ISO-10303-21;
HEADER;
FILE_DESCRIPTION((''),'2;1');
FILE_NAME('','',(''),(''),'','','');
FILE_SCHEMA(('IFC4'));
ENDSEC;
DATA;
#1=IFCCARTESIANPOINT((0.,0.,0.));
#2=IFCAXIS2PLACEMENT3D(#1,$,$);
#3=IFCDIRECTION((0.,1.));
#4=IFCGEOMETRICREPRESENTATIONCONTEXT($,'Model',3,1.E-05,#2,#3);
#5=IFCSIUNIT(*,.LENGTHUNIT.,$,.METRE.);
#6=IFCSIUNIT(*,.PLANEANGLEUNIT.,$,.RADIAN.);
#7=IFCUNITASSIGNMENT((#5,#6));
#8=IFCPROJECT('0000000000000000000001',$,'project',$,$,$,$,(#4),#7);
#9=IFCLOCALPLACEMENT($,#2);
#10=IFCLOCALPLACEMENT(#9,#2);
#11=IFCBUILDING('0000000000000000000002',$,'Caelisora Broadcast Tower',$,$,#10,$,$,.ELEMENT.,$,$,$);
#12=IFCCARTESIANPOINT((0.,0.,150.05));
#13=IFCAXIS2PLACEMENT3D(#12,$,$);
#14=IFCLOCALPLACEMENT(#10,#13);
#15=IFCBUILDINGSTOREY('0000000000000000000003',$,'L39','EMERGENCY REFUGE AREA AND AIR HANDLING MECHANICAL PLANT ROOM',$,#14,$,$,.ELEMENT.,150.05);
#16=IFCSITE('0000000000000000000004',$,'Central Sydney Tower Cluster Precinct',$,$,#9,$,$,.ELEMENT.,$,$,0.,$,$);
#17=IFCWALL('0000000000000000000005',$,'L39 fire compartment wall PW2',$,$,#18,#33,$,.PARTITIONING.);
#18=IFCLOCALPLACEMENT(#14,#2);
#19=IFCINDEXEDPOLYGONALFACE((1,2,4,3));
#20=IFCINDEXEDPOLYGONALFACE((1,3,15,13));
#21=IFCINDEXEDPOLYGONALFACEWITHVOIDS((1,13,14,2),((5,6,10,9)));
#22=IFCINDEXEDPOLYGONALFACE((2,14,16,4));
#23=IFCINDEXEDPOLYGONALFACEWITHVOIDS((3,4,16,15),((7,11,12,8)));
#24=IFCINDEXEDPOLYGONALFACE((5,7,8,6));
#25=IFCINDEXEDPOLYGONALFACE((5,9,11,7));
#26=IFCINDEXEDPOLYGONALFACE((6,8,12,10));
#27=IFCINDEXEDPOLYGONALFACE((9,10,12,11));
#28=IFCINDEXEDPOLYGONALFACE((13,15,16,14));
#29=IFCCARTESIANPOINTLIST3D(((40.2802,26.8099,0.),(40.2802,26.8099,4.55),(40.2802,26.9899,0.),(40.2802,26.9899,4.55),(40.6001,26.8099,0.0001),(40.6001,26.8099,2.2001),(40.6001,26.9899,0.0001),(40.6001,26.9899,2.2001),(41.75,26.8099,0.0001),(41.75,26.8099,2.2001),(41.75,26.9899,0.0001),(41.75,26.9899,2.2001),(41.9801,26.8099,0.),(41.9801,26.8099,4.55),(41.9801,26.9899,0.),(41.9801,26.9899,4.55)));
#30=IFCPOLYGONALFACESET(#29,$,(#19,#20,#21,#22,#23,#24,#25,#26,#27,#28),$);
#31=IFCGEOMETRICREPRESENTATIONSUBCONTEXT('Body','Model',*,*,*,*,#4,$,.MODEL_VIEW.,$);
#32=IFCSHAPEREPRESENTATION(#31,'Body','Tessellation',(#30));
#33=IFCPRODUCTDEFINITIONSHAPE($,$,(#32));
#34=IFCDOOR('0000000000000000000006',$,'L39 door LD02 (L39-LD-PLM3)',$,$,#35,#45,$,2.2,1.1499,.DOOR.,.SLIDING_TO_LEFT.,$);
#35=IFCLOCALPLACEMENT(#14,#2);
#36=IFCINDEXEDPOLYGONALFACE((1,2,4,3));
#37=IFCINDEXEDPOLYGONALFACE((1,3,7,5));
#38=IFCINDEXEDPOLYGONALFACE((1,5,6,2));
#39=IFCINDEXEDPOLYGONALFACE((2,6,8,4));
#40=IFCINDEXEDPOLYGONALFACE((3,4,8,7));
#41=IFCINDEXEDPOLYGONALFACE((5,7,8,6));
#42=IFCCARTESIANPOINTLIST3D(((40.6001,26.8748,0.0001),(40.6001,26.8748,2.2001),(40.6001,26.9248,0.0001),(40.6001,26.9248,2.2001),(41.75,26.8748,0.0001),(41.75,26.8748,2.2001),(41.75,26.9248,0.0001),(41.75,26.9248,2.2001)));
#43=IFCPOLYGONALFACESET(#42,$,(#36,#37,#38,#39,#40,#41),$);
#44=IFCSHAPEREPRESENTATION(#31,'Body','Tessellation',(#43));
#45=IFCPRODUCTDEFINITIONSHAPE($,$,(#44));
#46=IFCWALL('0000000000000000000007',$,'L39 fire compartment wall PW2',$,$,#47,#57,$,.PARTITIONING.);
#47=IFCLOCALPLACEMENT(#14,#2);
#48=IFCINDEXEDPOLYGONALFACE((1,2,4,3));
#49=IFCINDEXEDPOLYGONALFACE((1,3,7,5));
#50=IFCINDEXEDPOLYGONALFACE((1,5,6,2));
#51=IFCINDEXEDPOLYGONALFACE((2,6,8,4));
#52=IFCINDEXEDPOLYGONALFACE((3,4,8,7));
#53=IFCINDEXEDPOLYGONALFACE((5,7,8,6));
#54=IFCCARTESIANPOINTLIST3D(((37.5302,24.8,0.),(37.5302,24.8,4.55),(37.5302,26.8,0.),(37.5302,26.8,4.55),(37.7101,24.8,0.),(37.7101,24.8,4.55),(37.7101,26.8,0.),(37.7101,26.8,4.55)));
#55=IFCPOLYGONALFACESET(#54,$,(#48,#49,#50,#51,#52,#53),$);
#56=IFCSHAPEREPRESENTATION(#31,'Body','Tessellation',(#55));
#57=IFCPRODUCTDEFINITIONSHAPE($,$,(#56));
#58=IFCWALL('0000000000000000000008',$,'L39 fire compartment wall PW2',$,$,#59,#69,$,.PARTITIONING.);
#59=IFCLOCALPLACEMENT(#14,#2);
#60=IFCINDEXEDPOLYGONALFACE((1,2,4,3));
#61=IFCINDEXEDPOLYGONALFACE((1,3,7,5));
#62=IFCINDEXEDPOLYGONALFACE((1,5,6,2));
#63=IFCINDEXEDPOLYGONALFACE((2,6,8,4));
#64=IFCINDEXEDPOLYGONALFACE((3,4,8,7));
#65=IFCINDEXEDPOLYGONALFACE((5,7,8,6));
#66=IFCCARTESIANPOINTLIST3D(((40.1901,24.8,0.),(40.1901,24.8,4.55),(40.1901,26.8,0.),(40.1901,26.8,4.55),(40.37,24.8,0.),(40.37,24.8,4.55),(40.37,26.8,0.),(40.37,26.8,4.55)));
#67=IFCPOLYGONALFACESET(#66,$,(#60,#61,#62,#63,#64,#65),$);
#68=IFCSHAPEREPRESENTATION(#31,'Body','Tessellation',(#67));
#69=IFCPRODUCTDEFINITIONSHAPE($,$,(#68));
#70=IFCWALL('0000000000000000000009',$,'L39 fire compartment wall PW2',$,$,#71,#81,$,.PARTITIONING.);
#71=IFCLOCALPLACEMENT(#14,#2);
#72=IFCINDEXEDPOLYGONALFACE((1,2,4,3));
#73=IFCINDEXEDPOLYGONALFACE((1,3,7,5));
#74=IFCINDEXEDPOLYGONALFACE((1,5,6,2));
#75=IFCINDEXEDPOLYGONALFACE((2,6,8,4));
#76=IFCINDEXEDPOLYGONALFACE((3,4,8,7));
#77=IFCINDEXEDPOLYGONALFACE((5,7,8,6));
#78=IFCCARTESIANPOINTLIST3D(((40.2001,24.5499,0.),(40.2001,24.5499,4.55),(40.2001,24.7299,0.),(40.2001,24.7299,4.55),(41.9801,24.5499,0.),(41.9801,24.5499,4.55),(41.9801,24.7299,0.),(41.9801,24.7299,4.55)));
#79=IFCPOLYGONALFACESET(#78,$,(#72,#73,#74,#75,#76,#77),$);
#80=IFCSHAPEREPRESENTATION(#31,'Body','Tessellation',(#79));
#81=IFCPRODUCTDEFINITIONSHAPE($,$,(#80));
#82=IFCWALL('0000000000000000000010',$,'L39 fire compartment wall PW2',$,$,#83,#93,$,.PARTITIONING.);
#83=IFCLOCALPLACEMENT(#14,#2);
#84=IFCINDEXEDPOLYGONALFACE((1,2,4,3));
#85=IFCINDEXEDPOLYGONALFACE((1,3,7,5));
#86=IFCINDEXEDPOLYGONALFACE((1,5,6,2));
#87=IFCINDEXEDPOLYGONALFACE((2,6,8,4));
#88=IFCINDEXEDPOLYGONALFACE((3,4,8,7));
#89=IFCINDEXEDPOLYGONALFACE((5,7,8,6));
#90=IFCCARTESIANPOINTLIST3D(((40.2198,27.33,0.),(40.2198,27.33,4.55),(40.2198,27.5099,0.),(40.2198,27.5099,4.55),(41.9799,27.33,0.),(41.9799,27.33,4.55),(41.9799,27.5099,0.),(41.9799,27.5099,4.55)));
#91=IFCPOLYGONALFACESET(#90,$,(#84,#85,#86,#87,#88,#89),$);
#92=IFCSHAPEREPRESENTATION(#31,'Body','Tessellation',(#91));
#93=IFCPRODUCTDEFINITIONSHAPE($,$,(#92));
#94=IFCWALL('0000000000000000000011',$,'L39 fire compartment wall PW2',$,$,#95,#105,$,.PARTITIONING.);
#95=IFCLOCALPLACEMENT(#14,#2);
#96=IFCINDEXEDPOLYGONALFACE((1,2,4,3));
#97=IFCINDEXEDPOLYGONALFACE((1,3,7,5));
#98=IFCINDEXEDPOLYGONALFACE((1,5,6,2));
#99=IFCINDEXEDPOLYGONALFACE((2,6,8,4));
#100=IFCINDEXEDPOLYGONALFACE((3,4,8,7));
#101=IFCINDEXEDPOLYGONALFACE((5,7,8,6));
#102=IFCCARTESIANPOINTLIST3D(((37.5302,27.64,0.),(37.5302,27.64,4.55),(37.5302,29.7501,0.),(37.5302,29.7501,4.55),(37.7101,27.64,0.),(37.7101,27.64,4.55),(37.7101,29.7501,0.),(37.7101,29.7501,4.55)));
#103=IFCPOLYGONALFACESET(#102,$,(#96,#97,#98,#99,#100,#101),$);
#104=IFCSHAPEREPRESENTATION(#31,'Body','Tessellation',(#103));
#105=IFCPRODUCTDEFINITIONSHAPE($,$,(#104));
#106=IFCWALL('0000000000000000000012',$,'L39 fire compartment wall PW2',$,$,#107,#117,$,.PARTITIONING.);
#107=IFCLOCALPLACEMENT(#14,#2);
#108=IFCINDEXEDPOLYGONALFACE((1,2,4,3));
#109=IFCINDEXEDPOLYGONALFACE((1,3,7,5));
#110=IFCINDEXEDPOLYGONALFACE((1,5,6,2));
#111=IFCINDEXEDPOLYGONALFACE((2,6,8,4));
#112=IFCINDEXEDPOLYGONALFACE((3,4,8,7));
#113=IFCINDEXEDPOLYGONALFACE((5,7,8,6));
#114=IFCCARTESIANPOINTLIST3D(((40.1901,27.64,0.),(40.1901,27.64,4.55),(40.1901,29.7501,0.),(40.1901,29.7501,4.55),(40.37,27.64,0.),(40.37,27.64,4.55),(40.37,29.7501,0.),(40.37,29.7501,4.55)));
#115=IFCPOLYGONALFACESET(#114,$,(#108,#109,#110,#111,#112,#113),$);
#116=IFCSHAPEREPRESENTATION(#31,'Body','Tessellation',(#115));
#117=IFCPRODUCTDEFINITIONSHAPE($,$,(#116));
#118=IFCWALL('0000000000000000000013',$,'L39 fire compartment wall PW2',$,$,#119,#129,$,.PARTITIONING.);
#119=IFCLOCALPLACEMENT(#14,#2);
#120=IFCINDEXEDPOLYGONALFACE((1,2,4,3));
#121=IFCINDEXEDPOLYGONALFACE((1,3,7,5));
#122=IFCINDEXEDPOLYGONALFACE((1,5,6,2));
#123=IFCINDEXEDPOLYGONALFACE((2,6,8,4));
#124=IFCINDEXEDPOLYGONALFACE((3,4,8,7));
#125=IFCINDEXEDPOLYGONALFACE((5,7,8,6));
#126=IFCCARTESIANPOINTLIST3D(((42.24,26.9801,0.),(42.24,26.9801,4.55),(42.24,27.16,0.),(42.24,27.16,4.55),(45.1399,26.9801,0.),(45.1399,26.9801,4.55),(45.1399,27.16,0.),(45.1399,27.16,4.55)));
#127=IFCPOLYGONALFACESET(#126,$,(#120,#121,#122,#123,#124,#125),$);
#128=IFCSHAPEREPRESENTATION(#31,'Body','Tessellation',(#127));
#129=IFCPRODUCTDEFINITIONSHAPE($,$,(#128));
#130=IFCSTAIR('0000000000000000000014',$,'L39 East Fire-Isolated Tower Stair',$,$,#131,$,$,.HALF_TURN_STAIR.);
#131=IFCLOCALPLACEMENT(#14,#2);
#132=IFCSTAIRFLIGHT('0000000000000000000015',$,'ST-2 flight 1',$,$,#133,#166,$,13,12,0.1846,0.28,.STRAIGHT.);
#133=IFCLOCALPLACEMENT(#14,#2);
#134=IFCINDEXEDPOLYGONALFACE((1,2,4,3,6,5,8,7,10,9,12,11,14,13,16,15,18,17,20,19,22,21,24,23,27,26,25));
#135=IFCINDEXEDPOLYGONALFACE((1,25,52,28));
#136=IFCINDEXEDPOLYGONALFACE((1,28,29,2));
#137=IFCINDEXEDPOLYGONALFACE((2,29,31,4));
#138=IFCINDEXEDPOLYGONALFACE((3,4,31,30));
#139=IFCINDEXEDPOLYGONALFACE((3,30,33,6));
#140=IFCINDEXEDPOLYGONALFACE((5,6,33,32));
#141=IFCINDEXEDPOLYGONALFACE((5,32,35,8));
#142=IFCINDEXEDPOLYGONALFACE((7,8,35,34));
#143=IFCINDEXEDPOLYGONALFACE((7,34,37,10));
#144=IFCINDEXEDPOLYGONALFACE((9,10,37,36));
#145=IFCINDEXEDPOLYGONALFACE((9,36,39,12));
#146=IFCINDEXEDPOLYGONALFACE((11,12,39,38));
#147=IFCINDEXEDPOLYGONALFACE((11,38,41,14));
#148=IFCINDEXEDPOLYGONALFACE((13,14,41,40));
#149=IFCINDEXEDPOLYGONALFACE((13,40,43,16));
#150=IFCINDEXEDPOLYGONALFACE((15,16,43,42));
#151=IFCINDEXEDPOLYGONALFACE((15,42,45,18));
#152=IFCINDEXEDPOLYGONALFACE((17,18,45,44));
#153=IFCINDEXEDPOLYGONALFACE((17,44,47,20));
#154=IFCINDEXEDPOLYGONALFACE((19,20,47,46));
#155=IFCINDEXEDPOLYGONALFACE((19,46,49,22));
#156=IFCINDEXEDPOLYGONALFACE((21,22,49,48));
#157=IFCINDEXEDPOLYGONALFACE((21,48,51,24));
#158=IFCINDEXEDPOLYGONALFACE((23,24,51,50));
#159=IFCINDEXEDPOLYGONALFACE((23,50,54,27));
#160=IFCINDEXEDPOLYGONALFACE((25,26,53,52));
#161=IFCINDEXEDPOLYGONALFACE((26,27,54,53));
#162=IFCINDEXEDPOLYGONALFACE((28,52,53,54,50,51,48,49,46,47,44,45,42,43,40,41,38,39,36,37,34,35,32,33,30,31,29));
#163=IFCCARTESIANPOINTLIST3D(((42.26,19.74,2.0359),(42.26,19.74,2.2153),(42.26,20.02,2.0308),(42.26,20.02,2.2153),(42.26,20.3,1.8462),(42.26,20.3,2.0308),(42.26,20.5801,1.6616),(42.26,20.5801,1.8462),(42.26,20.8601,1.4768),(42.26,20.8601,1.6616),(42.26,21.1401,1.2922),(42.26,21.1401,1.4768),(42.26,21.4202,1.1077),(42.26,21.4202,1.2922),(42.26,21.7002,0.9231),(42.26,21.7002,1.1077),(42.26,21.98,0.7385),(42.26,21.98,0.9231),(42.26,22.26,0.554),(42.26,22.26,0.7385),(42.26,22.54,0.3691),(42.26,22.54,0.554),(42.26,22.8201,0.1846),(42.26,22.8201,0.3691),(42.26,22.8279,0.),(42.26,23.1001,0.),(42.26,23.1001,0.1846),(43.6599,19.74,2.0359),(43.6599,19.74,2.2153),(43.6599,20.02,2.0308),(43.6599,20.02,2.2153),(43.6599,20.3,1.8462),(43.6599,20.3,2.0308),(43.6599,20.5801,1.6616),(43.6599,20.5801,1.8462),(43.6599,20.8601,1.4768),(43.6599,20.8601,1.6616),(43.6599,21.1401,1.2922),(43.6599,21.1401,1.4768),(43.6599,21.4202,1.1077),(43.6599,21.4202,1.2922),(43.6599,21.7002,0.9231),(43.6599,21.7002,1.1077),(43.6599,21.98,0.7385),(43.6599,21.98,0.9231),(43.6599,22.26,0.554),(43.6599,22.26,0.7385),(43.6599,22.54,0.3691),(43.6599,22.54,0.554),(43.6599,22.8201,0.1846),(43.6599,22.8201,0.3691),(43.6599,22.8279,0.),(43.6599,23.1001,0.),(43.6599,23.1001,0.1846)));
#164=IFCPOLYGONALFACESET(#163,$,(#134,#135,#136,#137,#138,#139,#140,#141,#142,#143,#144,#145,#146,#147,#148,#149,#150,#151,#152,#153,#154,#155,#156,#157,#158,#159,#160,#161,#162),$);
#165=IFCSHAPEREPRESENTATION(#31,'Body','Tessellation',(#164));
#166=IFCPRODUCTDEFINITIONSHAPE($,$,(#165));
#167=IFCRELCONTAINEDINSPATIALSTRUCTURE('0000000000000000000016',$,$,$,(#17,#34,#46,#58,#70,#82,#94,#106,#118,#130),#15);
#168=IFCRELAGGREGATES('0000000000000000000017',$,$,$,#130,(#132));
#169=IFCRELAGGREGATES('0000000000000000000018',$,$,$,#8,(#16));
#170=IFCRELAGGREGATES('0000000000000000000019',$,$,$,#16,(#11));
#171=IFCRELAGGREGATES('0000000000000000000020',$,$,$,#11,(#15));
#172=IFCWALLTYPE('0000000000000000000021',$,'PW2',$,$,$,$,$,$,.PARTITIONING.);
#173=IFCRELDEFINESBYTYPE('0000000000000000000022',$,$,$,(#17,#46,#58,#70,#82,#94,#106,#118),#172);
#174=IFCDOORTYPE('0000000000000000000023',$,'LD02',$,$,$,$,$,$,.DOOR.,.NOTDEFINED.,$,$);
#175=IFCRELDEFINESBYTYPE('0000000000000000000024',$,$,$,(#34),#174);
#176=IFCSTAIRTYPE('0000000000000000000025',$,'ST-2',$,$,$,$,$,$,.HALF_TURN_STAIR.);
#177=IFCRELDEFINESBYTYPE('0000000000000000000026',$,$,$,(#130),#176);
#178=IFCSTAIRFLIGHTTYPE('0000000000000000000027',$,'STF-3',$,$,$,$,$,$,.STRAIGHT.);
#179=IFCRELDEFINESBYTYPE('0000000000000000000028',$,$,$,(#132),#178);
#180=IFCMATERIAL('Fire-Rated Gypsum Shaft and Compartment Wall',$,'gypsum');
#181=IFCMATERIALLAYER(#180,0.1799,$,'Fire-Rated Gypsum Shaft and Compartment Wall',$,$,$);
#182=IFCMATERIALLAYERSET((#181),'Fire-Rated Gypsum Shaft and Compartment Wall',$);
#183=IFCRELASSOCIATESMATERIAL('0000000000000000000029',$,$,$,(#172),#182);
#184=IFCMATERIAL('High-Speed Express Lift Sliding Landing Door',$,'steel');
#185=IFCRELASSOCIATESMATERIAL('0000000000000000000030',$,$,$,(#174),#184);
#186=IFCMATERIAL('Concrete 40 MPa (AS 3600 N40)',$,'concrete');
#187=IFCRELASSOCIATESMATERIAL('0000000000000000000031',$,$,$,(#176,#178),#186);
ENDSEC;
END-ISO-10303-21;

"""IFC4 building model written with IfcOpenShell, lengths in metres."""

from ifc_helpers import new_model, si_unit, direction, frame, frame_2d, origin, place, context, subcontext, project, spatial, polyline, rectangle, outline, extrude, material, layer, layer_set, type_object, element, fill, aggregate, save


model = new_model("IFC4")

# Units and contexts
model_context = context("Model", 3, precision=1e-05, world=origin(), true_north=direction((0.0, 1.0)))
body_context = subcontext(model_context, "Body", "Model", "MODEL_VIEW")
ifc_project = project(units=[si_unit("LENGTHUNIT", "METRE"), si_unit("PLANEANGLEUNIT", "RADIAN")], contexts=[model_context])

# Site, building, storey
site_placement = place(None, origin())
site = spatial("IfcSite", under=ifc_project, at=site_placement, Name="Central Sydney Tower Cluster Precinct", CompositionType="ELEMENT", RefElevation=0.0)
building_placement = place(site_placement, origin())
building = spatial("IfcBuilding", under=site, at=building_placement, Name="Caelisora Broadcast Tower", CompositionType="ELEMENT")
storey_placement = place(building_placement, frame((0.0, 0.0, 150.05)))
storey = spatial("IfcBuildingStorey", under=building, at=storey_placement, Name="L39", Description="EMERGENCY REFUGE AREA AND AIR HANDLING MECHANICAL PLANT ROOM", CompositionType="ELEMENT", Elevation=150.05)

# Wall, opening, door
ifc_material_1 = material(Name="Fire-Rated Gypsum Shaft and Compartment Wall", Category="gypsum")
ifc_layer_1 = layer(ifc_material_1, 0.1799, Name="Fire-Rated Gypsum Shaft and Compartment Wall")
ifc_layer_set_1 = layer_set([ifc_layer_1], Name="Fire-Rated Gypsum Shaft and Compartment Wall")
wall_type_1 = type_object("IfcWallType", Name="PW2", PredefinedType="PARTITIONING", material=ifc_layer_set_1)
wall_1_placement = place(storey_placement, frame((40.28, 26.8999, 0.0), z_axis=(0.0, 0.0, 1.0), x_axis=(1.0, 0.0, 0.0)))
wall_1 = element("IfcWall", 1, at=wall_1_placement, inside=storey, type_object=wall_type_1, Name="L39 fire compartment wall PW2", PredefinedType="PARTITIONING", context=body_context, shape_type="SweptSolid", body=[
    extrude(rectangle(XDim=1.7, YDim=0.1799, at=frame_2d((0.8501, 0.0))), origin(), (0.0, 0.0, 1.0), 4.55),
])
opening_placement = place(wall_1_placement, frame((0.3201, 0.0, 0.0)))
opening = element("IfcOpeningElement", 2, at=opening_placement, cuts=wall_1, PredefinedType="OPENING", context=body_context, shape_type="SweptSolid", body=[
    extrude(rectangle(XDim=1.1499, YDim=2.2, at=frame_2d((0.575, 1.1001))), frame((0.0, 0.1021, 0.0), z_axis=(0.0, -1.0, 0.0), x_axis=(1.0, 0.0, 0.0)), (0.0, 0.0, 1.0), 0.2039),
])
ifc_material_2 = material(Name="High-Speed Express Lift Sliding Landing Door", Category="steel")
door_type = type_object("IfcDoorType", Name="LD02", OperationType="NOTDEFINED", PredefinedType="DOOR", material=ifc_material_2)
door_placement = place(opening_placement, origin())
door = element("IfcDoor", 3, at=door_placement, inside=storey, type_object=door_type, Name="L39 door LD02 (L39-LD-PLM3)", OperationType="SLIDING_TO_LEFT", OverallHeight=2.2, OverallWidth=1.1499, PredefinedType="DOOR", context=body_context, shape_type="SweptSolid", body=[
    extrude(rectangle(XDim=1.1499, YDim=2.2, at=frame_2d((0.575, 1.1001))), frame((0.0, 0.0249, 0.0), z_axis=(0.0, -1.0, 0.0), x_axis=(1.0, 0.0, 0.0)), (0.0, 0.0, 1.0), 0.05),
])
fill(opening, door)

# Walls
for number, where, z_axis, x_axis, name in (
    (4, (37.6201, 24.8, 0.0), (0.0, 0.0, 1.0), (0.0, 1.0, 0.0), "L39 fire compartment wall PW2"),
    (5, (40.28, 24.8, 0.0), (0.0, 0.0, 1.0), (0.0, 1.0, 0.0), "L39 fire compartment wall PW2"),
):
    element("IfcWall", number, at=place(storey_placement, frame(where, z_axis=z_axis, x_axis=x_axis)), inside=storey, type_object=wall_type_1, Name=name, PredefinedType="PARTITIONING", context=body_context, shape_type="SweptSolid", body=[
        extrude(rectangle(XDim=2.0, YDim=0.1799, at=frame_2d((1.0, 0.0))), origin(), (0.0, 0.0, 1.0), 4.55),
    ])
wall_2_placement = place(storey_placement, frame((40.2, 24.6399, 0.0), z_axis=(0.0, 0.0, 1.0), x_axis=(1.0, 0.0, 0.0)))
element("IfcWall", 6, at=wall_2_placement, inside=storey, type_object=wall_type_1, Name="L39 fire compartment wall PW2", PredefinedType="PARTITIONING", context=body_context, shape_type="SweptSolid", body=[
    extrude(rectangle(XDim=1.78, YDim=0.1799, at=frame_2d((0.8901, 0.0))), origin(), (0.0, 0.0, 1.0), 4.55),
])
wall_3_placement = place(storey_placement, frame((40.22, 27.4199, 0.0), z_axis=(0.0, 0.0, 1.0), x_axis=(1.0, 0.0, 0.0)))
element("IfcWall", 7, at=wall_3_placement, inside=storey, type_object=wall_type_1, Name="L39 fire compartment wall PW2", PredefinedType="PARTITIONING", context=body_context, shape_type="SweptSolid", body=[
    extrude(rectangle(XDim=1.76, YDim=0.1799, at=frame_2d((0.8799, 0.0))), origin(), (0.0, 0.0, 1.0), 4.55),
])
for number, where, z_axis, x_axis, name in (
    (8, (37.6201, 27.6399, 0.0), (0.0, 0.0, 1.0), (0.0, 1.0, 0.0), "L39 fire compartment wall PW2"),
    (9, (40.28, 27.6399, 0.0), (0.0, 0.0, 1.0), (0.0, 1.0, 0.0), "L39 fire compartment wall PW2"),
):
    element("IfcWall", number, at=place(storey_placement, frame(where, z_axis=z_axis, x_axis=x_axis)), inside=storey, type_object=wall_type_1, Name=name, PredefinedType="PARTITIONING", context=body_context, shape_type="SweptSolid", body=[
        extrude(rectangle(XDim=2.1101, YDim=0.1799, at=frame_2d((1.0552, 0.0))), origin(), (0.0, 0.0, 1.0), 4.55),
    ])
wall_4_placement = place(storey_placement, frame((42.24, 27.0701, 0.0), z_axis=(0.0, 0.0, 1.0), x_axis=(1.0, 0.0, 0.0)))
element("IfcWall", 10, at=wall_4_placement, inside=storey, type_object=wall_type_1, Name="L39 fire compartment wall PW2", PredefinedType="PARTITIONING", context=body_context, shape_type="SweptSolid", body=[
    extrude(rectangle(XDim=2.8999, YDim=0.1799, at=frame_2d((1.45, 0.0))), origin(), (0.0, 0.0, 1.0), 4.55),
])

# Stair, stair flight
ifc_material_3 = material(Name="Concrete 40 MPa (AS 3600 N40)", Category="concrete")
stair_type = type_object("IfcStairType", Name="ST-2", PredefinedType="HALF_TURN_STAIR", material=ifc_material_3)
stair_placement = place(storey_placement, origin())
stair = element("IfcStair", 11, at=stair_placement, inside=storey, type_object=stair_type, Name="L39 East Fire-Isolated Tower Stair", PredefinedType="HALF_TURN_STAIR")
stair_flight_type = type_object("IfcStairFlightType", Name="STF-3", PredefinedType="STRAIGHT", material=ifc_material_3)
stair_flight_placement = place(storey_placement, frame((42.96, 23.1001, 0.0), z_axis=(0.0, 0.0, 1.0), x_axis=(0.0, -1.0, 0.0)))
stair_flight = element("IfcStairFlight", 12, at=stair_flight_placement, type_object=stair_flight_type, Name="ST-2 flight 1", NumberOfRisers=13, NumberOfTreads=12, PredefinedType="STRAIGHT", RiserHeight=0.1846, TreadLength=0.28, context=body_context, shape_type="SweptSolid", body=[
    extrude(outline(polyline([(0.0, 0.0), (0.0, 0.1846), (0.28, 0.1846), (0.28, 0.3691), (0.5601, 0.3691), (0.5601, 0.554), (0.8401, 0.554), (0.8401, 0.7385), (1.1201, 0.7385), (1.1201, 0.9231), (1.3999, 0.9231), (1.3999, 1.1077), (1.6799, 1.1077), (1.6799, 1.2922), (1.96, 1.2922), (1.96, 1.4768), (2.24, 1.4768), (2.24, 1.6616), (2.52, 1.6616), (2.52, 1.8462), (2.8, 1.8462), (2.8, 2.0308), (3.0801, 2.0308), (3.0801, 2.2153), (3.3601, 2.2153), (3.3601, 2.3999), (3.3601, 2.0359), (0.2722, 0.0), (0.0, 0.0)])), frame((0.0, 0.7, 0.0), z_axis=(0.0, -1.0, 0.0), x_axis=(1.0, 0.0, 0.0)), (0.0, 0.0, 1.0), 1.3999),
])
aggregate(stair, [stair_flight])

save(model, "model.ifc")
